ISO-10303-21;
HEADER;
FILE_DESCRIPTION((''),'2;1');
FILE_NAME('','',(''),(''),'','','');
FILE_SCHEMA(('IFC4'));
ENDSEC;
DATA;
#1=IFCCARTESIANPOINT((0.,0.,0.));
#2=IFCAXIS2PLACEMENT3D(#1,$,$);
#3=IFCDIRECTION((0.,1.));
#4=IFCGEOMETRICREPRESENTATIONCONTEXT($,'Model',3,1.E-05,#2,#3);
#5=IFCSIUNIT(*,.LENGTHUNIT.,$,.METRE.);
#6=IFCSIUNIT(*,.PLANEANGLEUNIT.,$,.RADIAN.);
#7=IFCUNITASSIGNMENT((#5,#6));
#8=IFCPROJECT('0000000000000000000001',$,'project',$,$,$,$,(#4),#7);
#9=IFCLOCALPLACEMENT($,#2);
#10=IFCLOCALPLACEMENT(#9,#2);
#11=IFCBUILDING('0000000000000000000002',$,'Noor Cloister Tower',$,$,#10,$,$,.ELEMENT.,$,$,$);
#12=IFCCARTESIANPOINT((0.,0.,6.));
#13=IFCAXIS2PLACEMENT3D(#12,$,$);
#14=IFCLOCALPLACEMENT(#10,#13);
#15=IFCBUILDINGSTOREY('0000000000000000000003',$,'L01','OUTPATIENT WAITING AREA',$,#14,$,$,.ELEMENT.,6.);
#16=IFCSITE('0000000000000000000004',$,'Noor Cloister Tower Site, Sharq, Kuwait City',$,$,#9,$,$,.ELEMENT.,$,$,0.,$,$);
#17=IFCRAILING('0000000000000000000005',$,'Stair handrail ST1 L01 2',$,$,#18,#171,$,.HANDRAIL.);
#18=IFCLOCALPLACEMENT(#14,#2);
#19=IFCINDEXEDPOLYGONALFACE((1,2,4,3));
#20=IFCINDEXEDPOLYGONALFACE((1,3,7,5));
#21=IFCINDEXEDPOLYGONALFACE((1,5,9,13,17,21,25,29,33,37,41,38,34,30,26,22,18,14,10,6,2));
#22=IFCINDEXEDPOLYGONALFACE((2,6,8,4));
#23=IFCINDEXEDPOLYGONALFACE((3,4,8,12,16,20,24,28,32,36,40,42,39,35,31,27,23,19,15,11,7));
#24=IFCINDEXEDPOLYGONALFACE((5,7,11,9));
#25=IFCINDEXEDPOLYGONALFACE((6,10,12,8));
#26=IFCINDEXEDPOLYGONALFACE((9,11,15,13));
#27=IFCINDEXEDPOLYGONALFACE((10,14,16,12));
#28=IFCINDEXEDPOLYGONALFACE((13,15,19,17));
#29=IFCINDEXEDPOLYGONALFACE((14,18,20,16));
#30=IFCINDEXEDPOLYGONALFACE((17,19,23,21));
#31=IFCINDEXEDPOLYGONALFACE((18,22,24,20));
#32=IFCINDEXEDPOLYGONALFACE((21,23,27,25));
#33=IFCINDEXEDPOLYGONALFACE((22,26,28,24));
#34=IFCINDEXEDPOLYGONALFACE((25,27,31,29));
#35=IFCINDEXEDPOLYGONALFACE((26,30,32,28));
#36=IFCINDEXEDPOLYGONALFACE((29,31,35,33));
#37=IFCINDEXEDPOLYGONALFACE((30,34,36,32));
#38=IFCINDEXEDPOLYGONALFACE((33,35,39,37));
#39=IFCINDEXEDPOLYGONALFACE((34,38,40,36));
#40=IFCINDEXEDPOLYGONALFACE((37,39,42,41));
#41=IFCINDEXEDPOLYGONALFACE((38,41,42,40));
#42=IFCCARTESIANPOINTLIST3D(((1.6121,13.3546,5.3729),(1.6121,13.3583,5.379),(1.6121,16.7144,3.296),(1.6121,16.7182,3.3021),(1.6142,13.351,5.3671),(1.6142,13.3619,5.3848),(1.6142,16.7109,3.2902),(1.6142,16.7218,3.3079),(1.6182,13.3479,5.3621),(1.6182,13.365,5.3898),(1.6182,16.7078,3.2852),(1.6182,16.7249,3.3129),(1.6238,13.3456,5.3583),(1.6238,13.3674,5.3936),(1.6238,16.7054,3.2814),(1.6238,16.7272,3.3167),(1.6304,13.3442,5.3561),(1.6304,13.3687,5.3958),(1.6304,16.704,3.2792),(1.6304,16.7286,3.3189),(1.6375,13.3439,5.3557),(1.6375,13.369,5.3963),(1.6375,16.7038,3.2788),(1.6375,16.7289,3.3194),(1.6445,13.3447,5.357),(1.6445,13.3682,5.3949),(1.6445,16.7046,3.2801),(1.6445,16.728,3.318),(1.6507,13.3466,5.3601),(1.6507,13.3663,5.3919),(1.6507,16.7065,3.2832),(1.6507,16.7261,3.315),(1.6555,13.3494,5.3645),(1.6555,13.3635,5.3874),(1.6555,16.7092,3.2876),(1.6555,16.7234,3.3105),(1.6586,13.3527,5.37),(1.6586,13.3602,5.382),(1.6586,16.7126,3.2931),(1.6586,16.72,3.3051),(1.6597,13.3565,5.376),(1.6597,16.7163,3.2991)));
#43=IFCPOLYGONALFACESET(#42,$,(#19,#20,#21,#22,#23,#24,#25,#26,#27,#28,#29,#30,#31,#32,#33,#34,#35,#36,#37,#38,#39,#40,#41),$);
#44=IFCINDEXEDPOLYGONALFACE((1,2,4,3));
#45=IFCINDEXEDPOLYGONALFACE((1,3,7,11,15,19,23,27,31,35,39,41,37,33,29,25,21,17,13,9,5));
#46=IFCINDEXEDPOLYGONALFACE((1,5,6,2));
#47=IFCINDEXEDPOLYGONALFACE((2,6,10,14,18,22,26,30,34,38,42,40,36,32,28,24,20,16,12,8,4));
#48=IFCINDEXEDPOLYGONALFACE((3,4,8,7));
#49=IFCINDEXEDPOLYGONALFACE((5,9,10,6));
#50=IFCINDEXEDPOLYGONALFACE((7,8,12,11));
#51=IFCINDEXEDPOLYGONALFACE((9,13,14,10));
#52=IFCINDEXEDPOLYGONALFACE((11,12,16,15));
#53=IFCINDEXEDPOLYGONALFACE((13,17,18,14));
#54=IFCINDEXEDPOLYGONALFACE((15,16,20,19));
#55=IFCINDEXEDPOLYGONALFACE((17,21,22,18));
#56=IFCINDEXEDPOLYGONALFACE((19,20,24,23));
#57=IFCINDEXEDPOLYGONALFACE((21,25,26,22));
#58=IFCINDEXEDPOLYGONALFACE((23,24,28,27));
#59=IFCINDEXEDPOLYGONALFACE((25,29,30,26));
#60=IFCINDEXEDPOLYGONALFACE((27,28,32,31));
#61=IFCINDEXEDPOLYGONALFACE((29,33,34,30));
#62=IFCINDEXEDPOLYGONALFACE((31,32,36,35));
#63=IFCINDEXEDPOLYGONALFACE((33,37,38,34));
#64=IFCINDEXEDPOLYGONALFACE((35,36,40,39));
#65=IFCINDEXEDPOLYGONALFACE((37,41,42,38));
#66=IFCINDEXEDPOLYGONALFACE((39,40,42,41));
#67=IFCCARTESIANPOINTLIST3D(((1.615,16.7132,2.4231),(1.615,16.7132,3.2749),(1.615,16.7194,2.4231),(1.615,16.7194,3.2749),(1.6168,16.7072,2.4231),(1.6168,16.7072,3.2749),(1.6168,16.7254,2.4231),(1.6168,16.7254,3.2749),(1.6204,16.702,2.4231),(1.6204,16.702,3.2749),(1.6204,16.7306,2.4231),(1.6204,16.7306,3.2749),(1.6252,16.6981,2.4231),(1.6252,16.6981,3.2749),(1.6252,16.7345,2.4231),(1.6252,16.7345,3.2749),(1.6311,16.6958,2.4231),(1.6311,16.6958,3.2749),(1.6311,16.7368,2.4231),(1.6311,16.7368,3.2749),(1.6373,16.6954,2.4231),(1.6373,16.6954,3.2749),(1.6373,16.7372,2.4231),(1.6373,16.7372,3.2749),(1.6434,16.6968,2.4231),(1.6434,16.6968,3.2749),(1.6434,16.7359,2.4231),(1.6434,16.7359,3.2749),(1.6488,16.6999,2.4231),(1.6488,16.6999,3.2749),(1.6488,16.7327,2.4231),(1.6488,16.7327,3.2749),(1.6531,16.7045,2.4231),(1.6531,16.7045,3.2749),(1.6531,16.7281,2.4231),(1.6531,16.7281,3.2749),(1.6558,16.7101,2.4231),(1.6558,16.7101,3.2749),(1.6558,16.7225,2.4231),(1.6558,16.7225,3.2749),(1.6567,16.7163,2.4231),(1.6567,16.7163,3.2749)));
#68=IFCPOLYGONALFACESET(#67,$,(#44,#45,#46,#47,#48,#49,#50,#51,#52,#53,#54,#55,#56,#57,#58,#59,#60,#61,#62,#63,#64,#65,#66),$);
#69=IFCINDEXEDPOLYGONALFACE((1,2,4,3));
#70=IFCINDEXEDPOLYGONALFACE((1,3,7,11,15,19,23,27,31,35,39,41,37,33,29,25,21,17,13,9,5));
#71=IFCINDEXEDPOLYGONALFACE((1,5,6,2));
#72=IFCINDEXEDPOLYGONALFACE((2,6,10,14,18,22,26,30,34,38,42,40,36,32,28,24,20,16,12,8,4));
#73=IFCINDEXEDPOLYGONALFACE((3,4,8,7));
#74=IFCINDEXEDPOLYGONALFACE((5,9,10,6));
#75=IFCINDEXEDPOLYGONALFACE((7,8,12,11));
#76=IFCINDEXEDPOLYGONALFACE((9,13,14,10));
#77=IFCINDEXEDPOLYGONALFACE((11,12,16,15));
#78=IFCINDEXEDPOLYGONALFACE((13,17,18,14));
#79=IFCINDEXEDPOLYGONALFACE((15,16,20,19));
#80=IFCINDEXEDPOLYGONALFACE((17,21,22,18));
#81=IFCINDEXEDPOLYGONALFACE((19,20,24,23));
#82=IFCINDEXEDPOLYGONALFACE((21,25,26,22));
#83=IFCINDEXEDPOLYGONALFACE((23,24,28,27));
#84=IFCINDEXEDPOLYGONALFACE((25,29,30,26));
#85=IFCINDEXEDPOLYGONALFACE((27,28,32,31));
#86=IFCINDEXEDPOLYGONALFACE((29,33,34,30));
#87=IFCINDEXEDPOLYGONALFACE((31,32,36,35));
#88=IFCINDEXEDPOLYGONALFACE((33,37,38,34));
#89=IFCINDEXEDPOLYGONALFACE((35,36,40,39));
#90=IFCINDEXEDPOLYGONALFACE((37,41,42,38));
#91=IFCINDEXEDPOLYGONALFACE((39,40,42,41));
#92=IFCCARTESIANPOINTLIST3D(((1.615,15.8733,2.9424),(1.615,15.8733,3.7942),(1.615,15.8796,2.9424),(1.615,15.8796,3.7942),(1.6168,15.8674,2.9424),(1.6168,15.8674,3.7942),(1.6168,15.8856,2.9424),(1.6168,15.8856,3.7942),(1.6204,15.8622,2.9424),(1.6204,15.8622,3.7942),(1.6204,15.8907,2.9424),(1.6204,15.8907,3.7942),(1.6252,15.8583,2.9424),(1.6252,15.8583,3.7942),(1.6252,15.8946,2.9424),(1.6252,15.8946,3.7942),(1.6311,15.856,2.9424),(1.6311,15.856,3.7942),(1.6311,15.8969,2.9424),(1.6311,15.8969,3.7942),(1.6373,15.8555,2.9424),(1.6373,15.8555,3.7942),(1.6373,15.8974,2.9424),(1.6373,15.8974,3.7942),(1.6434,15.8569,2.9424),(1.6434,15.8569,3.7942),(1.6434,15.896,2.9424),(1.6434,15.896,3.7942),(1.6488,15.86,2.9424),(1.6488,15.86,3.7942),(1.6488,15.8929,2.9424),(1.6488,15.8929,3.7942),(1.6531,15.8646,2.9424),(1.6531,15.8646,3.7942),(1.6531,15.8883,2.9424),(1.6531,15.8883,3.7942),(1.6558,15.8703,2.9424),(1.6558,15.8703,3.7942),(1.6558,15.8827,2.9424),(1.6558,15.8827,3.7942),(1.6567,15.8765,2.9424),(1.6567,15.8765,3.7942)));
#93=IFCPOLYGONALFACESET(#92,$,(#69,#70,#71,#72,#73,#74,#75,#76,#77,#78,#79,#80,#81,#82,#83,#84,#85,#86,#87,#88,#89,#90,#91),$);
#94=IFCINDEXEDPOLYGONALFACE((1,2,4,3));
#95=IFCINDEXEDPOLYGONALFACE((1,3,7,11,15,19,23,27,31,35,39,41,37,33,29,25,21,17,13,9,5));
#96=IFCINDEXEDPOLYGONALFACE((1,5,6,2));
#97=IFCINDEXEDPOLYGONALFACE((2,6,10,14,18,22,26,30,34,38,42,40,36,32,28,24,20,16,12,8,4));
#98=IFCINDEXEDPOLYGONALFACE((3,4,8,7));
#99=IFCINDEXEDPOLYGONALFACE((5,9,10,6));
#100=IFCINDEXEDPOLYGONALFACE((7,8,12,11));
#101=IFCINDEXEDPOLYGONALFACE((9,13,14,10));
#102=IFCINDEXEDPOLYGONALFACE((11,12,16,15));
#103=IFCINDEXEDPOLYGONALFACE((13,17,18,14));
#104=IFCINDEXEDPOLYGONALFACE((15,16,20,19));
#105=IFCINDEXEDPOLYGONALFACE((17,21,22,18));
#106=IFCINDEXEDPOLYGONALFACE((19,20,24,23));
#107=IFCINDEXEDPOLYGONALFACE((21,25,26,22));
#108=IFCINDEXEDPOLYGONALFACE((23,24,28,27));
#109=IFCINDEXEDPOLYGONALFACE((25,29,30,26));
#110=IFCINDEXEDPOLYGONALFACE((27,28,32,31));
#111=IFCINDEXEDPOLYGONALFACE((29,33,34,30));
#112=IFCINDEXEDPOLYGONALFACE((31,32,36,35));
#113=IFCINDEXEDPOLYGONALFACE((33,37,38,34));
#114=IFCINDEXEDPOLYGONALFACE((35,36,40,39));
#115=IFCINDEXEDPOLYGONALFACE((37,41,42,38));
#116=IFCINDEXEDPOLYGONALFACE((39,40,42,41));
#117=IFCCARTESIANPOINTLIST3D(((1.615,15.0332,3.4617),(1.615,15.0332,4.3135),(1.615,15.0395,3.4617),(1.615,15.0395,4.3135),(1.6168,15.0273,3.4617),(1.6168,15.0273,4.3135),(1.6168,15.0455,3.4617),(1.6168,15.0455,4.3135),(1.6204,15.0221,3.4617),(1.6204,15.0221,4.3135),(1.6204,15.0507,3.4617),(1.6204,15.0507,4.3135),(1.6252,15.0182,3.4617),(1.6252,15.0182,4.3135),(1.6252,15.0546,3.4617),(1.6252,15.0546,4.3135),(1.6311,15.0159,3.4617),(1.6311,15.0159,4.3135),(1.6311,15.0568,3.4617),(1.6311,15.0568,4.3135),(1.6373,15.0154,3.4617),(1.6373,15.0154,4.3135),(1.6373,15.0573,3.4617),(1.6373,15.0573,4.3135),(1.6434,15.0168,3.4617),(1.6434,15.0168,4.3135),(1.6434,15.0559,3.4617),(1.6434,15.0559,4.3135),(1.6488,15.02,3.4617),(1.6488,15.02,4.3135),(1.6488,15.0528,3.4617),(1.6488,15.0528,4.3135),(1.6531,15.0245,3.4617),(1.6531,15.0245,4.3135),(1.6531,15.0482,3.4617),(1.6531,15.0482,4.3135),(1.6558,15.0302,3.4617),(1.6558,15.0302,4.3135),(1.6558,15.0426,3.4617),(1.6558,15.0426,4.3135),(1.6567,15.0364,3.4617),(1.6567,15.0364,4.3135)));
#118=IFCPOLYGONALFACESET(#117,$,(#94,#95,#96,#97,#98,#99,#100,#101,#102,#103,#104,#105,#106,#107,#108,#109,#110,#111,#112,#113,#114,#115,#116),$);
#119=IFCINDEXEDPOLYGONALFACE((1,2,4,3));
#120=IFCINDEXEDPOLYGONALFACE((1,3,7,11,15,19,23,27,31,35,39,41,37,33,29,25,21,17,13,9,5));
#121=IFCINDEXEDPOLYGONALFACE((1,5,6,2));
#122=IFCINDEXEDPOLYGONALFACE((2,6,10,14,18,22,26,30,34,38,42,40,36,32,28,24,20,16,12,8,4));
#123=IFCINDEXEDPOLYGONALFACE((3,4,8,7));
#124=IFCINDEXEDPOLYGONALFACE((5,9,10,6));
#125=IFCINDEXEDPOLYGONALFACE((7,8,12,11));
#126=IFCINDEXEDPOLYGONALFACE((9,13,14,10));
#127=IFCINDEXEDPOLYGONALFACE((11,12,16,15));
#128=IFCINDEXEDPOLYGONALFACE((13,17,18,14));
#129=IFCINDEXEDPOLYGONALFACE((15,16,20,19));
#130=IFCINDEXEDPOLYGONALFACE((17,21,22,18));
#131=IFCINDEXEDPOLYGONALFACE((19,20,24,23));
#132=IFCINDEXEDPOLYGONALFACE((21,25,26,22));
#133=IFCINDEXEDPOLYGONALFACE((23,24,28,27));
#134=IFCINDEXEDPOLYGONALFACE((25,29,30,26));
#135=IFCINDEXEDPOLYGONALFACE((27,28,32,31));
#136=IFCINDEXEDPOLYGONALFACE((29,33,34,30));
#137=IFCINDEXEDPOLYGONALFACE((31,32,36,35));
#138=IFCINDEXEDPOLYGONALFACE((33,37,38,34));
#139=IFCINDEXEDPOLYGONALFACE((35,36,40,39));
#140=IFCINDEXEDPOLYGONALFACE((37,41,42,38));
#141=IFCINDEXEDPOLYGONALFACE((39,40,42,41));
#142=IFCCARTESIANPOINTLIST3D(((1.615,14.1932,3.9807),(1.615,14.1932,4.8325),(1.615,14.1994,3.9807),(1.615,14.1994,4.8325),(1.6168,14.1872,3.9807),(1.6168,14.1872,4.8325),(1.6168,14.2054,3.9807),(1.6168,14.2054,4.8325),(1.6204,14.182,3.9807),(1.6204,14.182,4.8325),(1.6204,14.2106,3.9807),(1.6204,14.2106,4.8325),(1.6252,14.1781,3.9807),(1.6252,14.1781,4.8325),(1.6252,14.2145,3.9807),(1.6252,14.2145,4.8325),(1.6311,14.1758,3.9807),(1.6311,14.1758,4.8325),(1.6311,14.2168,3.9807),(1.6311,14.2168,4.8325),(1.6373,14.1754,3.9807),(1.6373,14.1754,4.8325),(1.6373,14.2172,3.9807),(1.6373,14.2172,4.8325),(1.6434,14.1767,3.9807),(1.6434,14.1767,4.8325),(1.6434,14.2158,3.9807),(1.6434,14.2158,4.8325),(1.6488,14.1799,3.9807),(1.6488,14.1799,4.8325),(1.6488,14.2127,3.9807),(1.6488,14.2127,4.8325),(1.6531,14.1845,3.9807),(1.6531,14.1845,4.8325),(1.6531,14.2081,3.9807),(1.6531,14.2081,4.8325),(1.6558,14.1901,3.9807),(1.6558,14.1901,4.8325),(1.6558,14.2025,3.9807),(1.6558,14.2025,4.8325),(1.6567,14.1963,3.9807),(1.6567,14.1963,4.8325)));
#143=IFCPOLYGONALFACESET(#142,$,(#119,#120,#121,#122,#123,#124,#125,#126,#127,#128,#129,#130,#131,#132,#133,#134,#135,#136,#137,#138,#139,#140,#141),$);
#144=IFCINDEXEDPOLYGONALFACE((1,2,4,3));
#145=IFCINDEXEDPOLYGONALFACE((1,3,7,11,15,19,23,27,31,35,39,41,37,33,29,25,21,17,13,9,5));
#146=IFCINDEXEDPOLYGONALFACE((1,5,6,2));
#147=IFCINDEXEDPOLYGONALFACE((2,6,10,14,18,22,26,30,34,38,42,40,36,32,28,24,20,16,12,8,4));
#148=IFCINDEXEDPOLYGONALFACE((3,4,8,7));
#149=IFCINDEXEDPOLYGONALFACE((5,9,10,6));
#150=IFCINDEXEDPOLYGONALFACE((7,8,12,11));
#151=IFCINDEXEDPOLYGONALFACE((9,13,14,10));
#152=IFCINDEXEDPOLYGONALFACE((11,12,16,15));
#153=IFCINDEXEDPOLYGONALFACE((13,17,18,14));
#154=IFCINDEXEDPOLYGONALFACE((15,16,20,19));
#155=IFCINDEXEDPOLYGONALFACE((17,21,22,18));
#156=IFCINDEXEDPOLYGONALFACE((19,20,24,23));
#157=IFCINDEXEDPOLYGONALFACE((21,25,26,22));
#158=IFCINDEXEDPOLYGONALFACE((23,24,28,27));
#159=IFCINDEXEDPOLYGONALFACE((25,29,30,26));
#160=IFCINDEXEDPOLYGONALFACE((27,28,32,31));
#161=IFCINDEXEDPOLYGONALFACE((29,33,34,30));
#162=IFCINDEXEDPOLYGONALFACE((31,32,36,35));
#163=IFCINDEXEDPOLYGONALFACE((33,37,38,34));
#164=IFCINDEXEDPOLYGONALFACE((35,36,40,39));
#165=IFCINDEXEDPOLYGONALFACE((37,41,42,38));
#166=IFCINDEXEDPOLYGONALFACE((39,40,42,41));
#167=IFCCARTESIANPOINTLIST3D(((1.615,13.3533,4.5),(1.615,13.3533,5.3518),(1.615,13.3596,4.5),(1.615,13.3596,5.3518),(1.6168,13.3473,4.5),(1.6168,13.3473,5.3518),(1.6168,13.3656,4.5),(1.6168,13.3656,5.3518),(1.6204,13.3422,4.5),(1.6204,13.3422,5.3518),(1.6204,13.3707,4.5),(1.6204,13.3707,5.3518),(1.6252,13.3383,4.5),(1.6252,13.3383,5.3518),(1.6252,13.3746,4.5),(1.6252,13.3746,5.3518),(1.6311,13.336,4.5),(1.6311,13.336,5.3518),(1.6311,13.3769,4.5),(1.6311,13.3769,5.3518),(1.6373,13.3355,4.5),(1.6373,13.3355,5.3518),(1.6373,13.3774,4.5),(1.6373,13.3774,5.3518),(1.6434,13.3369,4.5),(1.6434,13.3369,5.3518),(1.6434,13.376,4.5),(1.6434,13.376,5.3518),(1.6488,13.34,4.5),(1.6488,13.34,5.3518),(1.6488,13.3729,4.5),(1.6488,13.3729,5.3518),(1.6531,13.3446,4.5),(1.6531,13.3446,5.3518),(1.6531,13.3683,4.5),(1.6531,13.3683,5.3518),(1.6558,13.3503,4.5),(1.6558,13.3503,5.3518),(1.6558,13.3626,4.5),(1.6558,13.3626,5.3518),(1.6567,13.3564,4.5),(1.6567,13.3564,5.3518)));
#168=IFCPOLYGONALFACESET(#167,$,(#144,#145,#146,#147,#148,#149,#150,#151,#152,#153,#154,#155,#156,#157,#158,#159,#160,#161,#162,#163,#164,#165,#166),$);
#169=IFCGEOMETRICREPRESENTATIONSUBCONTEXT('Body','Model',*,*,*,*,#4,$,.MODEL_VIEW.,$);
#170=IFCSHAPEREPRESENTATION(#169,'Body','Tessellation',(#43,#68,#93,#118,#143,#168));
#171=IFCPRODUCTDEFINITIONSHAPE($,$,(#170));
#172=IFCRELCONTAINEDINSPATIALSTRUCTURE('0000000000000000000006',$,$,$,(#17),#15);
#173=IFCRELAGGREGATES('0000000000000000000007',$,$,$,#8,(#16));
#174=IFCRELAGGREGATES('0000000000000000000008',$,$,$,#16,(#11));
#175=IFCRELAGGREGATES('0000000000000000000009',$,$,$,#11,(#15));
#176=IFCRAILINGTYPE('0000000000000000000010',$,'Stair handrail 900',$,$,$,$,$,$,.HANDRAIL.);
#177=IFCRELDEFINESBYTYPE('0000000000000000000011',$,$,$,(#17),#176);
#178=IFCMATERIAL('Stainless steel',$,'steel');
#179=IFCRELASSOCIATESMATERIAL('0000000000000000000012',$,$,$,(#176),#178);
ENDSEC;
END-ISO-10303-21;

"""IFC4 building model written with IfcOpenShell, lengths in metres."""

from ifc_helpers import new_model, si_unit, direction, frame, origin, origin_2d, place, context, subcontext, project, spatial, circle, extrude, material, type_object, element, save


model = new_model("IFC4")

# Units and contexts
model_context = context("Model", 3, precision=1e-05, world=origin(), true_north=direction((0.0, 1.0)))
body_context = subcontext(model_context, "Body", "Model", "MODEL_VIEW")
ifc_project = project(units=[si_unit("LENGTHUNIT", "METRE"), si_unit("PLANEANGLEUNIT", "RADIAN")], contexts=[model_context])

# Site, building, storey
site_placement = place(None, origin())
site = spatial("IfcSite", under=ifc_project, at=site_placement, Name="Noor Cloister Tower Site, Sharq, Kuwait City", CompositionType="ELEMENT", RefElevation=0.0)
building_placement = place(site_placement, origin())
building = spatial("IfcBuilding", under=site, at=building_placement, Name="Noor Cloister Tower", CompositionType="ELEMENT")
storey_placement = place(building_placement, frame((0.0, 0.0, 6.0)))
storey = spatial("IfcBuildingStorey", under=building, at=storey_placement, Name="L01", Description="OUTPATIENT WAITING AREA", CompositionType="ELEMENT", Elevation=6.0)

# Railing
ifc_material_1 = material(Name="Stainless steel", Category="steel")
railing_type_1 = type_object("IfcRailingType", Name="Stair handrail 900", PredefinedType="HANDRAIL", material=ifc_material_1)
railing_1_placement = place(storey_placement, frame((1.6357, 16.7163, 2.4231)))
element("IfcRailing", 1, at=railing_1_placement, inside=storey, type_object=railing_type_1, Name="Stair handrail ST1 L01 2", PredefinedType="HANDRAIL", context=body_context, shape_type="SweptSolid", body=[
    extrude(circle(Radius=0.0239, at=origin_2d()), frame((0.0, 0.0, 0.876), z_axis=(0.0, -0.850606, 0.525803), x_axis=(1.0, 0.0, 0.0)), (0.0, 0.0, 1.0), 3.95),
    extrude(circle(Radius=0.021, at=origin_2d()), origin(), (0.0, 0.0, 1.0), 0.8518),
    extrude(circle(Radius=0.021, at=origin_2d()), frame((0.0, -0.8398, 0.5193)), (0.0, 0.0, 1.0), 0.8518),
    extrude(circle(Radius=0.021, at=origin_2d()), frame((0.0, -1.6799, 1.0386)), (0.0, 0.0, 1.0), 0.8518),
    extrude(circle(Radius=0.021, at=origin_2d()), frame((0.0, -2.52, 1.5576)), (0.0, 0.0, 1.0), 0.8518),
    extrude(circle(Radius=0.021, at=origin_2d()), frame((0.0, -3.3599, 2.0769)), (0.0, 0.0, 1.0), 0.8518),
])

save(model, "model.ifc")
